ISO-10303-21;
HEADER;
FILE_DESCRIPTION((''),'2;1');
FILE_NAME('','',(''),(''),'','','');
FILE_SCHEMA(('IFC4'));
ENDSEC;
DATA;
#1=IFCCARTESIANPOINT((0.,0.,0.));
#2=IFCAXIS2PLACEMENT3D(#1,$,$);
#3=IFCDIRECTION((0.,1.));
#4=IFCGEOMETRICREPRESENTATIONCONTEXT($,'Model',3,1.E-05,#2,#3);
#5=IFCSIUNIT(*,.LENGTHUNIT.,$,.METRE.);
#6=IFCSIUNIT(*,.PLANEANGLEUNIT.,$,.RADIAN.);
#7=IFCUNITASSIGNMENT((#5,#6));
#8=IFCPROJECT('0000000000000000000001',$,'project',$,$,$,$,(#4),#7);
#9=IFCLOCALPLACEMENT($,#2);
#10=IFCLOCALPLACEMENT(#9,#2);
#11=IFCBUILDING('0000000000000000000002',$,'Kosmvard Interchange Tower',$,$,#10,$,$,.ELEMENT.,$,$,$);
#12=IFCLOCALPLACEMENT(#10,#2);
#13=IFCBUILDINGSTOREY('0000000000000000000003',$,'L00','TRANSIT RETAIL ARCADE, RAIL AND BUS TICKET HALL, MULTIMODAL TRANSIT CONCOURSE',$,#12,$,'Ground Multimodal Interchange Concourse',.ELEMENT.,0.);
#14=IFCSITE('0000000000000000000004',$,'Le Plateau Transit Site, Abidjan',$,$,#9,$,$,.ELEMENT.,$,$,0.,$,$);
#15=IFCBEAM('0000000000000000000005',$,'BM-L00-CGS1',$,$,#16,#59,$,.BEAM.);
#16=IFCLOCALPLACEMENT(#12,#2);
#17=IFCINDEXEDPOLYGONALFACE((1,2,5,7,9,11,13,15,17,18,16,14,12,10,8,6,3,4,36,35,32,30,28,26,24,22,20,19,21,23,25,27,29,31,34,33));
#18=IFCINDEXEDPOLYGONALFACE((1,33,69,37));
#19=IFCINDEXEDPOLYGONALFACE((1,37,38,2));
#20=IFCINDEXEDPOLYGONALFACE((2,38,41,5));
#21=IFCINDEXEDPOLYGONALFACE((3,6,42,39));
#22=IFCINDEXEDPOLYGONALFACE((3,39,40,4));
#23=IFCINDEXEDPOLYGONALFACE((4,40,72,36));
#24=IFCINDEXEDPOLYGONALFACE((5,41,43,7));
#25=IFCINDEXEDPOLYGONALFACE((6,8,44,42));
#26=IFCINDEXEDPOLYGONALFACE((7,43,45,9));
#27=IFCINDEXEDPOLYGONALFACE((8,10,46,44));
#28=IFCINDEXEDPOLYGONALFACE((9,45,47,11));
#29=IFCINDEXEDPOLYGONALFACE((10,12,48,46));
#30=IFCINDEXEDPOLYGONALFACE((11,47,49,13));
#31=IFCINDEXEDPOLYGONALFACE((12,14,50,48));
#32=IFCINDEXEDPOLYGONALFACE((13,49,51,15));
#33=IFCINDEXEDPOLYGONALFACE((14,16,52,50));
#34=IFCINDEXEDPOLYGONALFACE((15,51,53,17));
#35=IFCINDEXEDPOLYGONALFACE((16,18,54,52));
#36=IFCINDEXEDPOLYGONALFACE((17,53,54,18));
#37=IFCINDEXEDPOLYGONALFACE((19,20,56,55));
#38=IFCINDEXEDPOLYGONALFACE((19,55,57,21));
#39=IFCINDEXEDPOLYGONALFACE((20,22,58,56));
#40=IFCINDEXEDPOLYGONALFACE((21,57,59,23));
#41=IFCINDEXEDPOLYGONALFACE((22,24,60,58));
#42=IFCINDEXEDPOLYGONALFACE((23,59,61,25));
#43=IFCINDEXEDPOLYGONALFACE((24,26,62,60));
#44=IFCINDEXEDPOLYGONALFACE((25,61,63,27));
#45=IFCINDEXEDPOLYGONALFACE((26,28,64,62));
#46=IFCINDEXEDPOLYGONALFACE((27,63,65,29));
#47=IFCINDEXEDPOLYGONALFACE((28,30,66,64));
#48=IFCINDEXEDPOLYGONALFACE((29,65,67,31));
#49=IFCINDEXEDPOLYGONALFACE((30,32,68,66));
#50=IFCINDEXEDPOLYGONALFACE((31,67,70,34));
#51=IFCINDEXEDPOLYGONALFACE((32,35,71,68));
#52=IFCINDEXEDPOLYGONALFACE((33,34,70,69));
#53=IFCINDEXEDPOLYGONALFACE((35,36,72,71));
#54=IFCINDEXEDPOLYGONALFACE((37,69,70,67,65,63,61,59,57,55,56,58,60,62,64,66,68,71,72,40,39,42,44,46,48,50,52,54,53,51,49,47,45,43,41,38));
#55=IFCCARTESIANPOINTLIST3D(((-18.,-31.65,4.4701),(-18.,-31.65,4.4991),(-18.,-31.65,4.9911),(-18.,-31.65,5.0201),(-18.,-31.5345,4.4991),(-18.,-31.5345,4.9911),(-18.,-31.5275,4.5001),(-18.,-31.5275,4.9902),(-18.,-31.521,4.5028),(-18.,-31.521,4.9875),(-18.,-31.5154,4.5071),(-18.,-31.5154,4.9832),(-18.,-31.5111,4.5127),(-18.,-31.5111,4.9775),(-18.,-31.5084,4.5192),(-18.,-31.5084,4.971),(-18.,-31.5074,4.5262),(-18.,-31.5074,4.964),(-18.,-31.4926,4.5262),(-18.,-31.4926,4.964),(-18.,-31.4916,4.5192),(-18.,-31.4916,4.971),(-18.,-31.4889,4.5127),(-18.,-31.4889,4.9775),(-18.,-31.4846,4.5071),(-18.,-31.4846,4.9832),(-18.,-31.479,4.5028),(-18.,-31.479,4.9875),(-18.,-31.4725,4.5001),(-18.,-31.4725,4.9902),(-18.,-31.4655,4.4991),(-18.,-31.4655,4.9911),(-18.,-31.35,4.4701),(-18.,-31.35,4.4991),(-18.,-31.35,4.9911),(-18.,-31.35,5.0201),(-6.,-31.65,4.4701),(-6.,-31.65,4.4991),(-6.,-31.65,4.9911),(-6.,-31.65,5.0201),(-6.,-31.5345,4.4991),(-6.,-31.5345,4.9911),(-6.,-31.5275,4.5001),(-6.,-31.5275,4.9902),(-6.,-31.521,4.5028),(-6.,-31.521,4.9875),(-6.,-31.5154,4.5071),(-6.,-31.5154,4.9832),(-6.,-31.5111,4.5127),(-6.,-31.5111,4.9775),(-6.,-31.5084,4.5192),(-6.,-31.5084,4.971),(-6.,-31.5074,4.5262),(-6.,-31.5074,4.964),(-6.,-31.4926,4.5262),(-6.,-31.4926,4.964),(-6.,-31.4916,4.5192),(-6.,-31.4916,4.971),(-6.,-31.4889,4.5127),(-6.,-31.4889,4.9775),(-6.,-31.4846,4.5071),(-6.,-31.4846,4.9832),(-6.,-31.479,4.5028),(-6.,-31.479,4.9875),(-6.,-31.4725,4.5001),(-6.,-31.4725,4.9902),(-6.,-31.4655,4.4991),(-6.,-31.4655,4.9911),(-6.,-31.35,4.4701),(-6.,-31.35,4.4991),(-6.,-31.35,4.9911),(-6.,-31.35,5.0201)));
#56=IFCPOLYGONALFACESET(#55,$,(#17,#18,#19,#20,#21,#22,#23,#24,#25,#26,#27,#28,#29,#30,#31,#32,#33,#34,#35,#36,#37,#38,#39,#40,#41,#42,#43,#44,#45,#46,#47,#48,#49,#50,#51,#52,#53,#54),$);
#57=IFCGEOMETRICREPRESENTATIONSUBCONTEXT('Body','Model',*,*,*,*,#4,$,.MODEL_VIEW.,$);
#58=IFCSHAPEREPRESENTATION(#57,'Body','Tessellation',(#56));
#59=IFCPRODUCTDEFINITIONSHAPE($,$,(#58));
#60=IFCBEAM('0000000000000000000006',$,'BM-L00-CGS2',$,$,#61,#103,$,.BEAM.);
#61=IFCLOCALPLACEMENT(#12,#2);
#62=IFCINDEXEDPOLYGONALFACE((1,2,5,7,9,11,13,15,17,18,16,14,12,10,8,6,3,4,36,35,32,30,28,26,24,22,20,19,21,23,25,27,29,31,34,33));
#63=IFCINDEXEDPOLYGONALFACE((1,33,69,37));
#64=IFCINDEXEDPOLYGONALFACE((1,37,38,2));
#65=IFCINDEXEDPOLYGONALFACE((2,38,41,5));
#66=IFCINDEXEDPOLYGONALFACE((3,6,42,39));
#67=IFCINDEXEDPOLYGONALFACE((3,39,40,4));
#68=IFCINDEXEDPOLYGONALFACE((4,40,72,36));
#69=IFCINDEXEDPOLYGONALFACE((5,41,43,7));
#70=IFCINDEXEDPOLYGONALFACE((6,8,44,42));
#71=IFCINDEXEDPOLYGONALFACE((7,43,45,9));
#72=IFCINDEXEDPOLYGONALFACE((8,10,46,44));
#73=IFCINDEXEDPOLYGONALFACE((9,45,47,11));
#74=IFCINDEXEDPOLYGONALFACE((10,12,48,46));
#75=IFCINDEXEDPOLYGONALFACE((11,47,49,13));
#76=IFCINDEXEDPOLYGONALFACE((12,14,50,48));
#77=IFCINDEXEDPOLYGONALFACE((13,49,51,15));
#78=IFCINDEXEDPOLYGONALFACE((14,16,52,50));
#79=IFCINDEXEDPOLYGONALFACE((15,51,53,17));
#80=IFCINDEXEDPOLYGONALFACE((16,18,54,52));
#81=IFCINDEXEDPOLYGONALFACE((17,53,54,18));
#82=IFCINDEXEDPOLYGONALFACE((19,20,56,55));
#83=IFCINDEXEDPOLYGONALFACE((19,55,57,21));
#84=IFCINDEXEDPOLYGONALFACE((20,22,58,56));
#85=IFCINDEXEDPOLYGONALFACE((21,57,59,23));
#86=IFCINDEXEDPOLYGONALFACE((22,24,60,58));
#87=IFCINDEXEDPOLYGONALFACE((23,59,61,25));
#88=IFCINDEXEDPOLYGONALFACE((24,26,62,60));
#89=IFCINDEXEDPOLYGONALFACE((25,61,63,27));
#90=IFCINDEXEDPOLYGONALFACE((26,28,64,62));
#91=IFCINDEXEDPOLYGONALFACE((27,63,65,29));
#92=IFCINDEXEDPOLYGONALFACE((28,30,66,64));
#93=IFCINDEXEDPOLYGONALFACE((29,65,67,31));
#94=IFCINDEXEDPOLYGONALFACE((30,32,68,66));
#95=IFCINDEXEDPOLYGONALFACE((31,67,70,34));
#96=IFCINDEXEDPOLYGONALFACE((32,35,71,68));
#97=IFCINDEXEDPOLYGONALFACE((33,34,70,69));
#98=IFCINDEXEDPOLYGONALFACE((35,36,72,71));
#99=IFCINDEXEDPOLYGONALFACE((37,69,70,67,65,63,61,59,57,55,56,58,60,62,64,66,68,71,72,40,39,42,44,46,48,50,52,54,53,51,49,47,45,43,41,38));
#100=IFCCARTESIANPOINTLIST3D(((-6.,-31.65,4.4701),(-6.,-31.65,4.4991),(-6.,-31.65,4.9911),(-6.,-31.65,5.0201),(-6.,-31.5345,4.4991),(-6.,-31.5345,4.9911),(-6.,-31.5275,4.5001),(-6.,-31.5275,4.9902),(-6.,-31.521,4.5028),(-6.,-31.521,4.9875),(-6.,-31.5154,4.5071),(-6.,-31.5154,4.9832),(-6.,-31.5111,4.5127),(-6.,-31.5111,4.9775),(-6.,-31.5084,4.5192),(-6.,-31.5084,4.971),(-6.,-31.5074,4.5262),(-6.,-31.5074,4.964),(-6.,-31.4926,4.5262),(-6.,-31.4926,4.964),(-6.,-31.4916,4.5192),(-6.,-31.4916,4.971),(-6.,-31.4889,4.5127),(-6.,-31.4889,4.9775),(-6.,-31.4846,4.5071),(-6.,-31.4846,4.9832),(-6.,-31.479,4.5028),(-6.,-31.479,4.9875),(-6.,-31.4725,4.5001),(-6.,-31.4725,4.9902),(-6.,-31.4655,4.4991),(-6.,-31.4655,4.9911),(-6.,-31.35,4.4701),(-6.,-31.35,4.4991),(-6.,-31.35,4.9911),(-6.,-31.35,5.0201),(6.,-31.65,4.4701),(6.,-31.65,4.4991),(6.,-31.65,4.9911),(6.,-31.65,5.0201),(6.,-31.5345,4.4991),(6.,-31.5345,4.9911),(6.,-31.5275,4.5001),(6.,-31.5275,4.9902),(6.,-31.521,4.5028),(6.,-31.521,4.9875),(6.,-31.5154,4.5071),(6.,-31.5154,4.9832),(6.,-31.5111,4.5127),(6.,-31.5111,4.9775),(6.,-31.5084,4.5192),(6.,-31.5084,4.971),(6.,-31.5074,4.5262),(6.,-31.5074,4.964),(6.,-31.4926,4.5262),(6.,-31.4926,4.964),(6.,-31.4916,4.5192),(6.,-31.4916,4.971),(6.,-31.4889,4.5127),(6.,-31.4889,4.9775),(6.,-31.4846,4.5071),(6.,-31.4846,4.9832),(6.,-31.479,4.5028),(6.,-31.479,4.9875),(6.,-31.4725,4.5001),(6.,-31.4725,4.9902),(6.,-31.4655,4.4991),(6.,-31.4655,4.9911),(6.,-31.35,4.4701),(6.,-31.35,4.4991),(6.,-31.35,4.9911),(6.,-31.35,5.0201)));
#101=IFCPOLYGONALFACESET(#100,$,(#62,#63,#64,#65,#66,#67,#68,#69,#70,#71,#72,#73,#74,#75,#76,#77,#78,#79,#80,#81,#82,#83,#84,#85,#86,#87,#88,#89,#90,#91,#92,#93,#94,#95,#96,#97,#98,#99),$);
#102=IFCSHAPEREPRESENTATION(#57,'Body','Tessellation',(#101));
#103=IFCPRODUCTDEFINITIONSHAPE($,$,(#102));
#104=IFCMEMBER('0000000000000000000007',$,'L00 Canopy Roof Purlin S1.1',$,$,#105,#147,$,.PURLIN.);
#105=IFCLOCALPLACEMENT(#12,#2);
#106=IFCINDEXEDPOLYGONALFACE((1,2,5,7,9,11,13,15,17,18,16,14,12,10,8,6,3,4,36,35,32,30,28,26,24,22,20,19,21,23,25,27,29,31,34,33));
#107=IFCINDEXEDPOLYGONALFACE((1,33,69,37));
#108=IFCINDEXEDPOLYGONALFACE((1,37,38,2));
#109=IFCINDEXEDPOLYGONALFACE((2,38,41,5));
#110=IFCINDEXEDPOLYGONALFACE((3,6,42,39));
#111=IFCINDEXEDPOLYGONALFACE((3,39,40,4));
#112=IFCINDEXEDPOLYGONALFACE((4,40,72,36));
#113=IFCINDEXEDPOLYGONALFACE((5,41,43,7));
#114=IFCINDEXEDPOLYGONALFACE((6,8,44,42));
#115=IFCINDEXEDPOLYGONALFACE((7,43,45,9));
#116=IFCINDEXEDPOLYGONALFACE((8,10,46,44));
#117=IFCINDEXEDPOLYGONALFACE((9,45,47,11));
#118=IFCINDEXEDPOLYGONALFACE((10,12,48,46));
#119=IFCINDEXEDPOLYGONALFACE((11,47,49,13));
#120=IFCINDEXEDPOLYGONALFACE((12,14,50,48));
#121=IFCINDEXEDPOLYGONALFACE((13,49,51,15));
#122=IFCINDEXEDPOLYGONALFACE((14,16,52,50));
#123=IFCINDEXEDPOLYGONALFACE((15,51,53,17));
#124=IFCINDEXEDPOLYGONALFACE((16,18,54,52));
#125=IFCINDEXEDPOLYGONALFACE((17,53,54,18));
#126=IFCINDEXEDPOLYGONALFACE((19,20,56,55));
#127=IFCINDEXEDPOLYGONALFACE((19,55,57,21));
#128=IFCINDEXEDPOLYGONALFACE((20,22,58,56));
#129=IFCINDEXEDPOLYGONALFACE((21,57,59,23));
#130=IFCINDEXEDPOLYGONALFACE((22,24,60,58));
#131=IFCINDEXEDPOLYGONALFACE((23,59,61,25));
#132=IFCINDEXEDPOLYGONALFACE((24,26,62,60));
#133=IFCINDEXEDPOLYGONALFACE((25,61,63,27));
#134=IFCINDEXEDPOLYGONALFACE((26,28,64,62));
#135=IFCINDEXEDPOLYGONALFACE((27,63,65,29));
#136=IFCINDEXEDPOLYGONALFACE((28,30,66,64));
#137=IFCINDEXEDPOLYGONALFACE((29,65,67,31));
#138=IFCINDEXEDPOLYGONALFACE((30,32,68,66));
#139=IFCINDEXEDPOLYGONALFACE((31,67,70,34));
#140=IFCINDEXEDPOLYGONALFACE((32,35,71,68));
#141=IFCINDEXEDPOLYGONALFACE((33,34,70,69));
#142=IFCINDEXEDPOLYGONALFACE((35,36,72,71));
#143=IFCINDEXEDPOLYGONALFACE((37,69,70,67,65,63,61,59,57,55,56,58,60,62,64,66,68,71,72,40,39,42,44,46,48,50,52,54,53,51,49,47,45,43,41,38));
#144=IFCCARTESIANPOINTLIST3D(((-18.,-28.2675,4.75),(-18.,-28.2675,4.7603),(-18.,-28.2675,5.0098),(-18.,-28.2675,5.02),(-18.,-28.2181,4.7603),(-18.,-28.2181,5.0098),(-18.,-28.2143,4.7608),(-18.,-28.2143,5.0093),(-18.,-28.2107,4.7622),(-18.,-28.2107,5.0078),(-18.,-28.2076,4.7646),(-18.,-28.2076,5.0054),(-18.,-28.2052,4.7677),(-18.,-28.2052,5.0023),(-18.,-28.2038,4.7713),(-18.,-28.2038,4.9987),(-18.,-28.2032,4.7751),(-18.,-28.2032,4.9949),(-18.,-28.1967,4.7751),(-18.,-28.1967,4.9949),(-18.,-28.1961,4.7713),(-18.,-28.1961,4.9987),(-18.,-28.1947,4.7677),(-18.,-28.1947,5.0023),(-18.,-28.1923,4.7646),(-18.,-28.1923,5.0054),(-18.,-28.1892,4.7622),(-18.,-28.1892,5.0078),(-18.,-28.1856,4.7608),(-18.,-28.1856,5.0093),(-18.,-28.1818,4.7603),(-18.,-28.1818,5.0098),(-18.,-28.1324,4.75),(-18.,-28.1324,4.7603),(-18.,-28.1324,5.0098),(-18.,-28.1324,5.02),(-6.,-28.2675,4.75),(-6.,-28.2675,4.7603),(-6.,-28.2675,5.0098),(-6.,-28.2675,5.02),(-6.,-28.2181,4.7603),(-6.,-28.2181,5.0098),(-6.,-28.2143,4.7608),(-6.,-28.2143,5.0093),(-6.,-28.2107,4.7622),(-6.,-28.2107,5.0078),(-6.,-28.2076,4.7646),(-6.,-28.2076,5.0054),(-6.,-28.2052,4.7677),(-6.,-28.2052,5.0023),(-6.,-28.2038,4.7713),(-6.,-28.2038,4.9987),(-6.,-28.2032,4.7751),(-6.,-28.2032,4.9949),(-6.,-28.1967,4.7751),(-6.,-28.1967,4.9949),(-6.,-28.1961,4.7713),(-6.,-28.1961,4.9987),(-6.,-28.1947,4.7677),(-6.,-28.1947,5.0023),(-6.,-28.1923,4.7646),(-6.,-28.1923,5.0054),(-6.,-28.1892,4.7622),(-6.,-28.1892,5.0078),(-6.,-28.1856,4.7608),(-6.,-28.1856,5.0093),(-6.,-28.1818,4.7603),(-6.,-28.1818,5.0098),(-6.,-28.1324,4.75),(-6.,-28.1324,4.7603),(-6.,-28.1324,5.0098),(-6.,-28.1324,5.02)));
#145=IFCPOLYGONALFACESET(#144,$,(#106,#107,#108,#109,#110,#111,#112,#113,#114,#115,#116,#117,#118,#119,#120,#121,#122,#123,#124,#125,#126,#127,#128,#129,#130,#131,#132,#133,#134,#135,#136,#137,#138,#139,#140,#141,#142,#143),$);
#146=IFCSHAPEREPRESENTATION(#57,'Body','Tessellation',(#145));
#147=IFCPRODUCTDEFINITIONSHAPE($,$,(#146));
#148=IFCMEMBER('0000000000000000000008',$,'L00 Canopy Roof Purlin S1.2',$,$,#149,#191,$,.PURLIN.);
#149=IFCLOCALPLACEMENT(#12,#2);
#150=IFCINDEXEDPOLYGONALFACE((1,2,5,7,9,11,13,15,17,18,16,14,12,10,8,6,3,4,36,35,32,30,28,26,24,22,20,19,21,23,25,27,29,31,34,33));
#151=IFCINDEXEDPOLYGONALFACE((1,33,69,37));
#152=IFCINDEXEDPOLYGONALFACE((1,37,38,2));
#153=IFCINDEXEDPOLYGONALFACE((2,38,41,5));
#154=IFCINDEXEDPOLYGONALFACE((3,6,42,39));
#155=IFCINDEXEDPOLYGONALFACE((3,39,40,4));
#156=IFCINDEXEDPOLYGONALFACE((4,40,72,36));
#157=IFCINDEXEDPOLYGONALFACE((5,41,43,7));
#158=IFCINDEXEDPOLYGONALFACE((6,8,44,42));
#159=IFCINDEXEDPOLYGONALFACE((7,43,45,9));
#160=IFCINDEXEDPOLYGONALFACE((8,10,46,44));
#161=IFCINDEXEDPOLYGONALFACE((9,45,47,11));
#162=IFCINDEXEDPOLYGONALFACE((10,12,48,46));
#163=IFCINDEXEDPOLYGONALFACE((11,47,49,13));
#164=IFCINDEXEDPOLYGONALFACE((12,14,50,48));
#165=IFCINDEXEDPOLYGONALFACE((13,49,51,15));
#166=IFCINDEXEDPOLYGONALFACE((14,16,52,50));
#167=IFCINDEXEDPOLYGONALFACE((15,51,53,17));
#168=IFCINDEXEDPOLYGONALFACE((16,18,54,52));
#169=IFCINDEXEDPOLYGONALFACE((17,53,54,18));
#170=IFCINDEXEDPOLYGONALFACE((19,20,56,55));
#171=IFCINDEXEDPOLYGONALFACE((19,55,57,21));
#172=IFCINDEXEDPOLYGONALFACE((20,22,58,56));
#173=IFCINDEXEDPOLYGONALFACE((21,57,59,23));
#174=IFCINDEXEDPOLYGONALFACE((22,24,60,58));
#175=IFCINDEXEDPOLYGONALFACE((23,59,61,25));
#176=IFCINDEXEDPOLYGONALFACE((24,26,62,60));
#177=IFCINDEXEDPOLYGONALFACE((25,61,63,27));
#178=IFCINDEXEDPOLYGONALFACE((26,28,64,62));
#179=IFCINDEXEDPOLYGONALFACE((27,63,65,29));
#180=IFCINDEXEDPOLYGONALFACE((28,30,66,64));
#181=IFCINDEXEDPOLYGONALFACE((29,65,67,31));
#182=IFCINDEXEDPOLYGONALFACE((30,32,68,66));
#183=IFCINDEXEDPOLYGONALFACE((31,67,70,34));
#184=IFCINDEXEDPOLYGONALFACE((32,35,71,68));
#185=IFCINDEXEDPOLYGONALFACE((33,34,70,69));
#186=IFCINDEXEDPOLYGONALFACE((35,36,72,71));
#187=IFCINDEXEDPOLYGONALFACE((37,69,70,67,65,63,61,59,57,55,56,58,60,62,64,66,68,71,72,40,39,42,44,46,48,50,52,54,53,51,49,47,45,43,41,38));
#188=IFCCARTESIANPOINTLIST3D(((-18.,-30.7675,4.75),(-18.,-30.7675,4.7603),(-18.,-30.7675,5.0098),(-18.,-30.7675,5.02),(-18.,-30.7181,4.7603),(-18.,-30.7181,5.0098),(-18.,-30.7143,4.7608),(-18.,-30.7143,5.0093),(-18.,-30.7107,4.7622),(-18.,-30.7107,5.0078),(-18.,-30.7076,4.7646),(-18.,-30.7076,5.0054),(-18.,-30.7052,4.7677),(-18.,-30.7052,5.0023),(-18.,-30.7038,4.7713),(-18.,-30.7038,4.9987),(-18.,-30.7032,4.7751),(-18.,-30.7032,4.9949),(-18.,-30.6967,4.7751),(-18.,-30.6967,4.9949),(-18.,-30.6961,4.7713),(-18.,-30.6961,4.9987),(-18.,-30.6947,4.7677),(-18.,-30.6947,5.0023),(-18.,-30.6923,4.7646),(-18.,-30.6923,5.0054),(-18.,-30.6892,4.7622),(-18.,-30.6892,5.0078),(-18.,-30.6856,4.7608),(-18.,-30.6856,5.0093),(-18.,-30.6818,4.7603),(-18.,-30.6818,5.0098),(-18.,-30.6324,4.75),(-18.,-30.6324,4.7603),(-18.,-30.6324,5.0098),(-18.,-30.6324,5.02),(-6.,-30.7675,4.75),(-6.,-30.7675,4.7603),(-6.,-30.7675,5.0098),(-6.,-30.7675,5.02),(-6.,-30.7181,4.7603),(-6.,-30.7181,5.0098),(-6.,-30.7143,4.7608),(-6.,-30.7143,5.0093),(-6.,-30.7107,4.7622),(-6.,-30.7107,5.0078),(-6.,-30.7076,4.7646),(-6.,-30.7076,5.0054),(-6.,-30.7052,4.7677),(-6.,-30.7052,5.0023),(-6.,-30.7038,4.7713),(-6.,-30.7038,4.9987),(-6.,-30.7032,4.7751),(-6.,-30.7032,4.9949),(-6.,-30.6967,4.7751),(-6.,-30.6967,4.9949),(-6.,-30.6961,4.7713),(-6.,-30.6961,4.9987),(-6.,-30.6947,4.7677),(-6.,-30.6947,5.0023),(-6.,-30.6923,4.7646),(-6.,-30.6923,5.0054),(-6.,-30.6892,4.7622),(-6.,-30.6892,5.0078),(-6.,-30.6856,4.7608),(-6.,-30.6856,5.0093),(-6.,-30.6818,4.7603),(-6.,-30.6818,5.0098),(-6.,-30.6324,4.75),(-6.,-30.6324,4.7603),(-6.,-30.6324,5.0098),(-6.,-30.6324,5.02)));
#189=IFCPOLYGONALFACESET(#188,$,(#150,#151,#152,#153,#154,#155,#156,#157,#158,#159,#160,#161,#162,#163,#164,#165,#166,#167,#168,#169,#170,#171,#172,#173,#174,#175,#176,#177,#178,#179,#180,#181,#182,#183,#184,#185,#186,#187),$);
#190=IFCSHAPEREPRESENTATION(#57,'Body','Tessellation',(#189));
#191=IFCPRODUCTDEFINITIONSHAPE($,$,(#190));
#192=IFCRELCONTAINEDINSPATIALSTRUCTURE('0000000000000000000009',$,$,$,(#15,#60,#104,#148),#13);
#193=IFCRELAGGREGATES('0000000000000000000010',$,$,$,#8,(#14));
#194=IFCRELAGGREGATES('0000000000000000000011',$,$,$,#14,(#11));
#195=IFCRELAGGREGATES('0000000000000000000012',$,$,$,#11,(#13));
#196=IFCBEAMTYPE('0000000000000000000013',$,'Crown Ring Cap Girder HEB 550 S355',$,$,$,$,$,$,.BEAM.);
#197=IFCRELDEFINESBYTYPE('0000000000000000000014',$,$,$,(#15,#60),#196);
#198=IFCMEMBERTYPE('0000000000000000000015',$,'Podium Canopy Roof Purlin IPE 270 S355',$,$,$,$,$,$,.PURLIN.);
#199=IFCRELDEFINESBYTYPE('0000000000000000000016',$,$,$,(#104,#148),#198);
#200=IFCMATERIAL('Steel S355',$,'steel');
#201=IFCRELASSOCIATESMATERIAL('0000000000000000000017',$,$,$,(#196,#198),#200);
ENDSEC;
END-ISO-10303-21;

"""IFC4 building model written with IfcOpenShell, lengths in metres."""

from ifc_helpers import new_model, si_unit, direction, frame, origin, origin_2d, place, context, subcontext, project, spatial, i_section, extrude, source, transform, mapped, material, material_profile, profile_set, type_object, element, save


model = new_model("IFC4")

# Units and contexts
model_context = context("Model", 3, precision=1e-05, world=origin(), true_north=direction((0.0, 1.0)))
body_context = subcontext(model_context, "Body", "Model", "MODEL_VIEW")
ifc_project = project(units=[si_unit("LENGTHUNIT", "METRE"), si_unit("PLANEANGLEUNIT", "RADIAN")], contexts=[model_context])

# Site, building, storey
site_placement = place(None, origin())
site = spatial("IfcSite", under=ifc_project, at=site_placement, Name="Le Plateau Transit Site, Abidjan", CompositionType="ELEMENT", RefElevation=0.0)
building_placement = place(site_placement, origin())
building = spatial("IfcBuilding", under=site, at=building_placement, Name="Kosmvard Interchange Tower", CompositionType="ELEMENT")
storey_placement = place(building_placement, origin())
storey = spatial("IfcBuildingStorey", under=building, at=storey_placement, Name="L00", Description="TRANSIT RETAIL ARCADE, RAIL AND BUS TICKET HALL, MULTIMODAL TRANSIT CONCOURSE", LongName="Ground Multimodal Interchange Concourse", CompositionType="ELEMENT", Elevation=0.0)

# Shared definitions
ifc_material_1 = material(Name="Steel S355", Category="steel")

# Beams
ifc_material_profile_1 = material_profile(ifc_material_1, i_section(OverallWidth=0.3, OverallDepth=0.55, WebThickness=0.0149, FlangeThickness=0.0291, FilletRadius=0.0271, at=origin_2d()), Name="HEB 550")
ifc_profile_set_1 = profile_set([ifc_material_profile_1], Name="Steel S355")
beam_type_1 = type_object("IfcBeamType", Name="Crown Ring Cap Girder HEB 550 S355", PredefinedType="BEAM", material=ifc_profile_set_1)
shared_shape_1 = source(origin(), body_context, "Body", "SweptSolid", [
    extrude(i_section(OverallWidth=0.3, OverallDepth=0.55, WebThickness=0.0149, FlangeThickness=0.0291, FilletRadius=0.0271, at=origin_2d()), origin(), (0.0, 0.0, 1.0), 12.0),
])
for number, where, z_axis, x_axis, name in (
    (1, (-18.0, -31.5, 4.7451), (1.0, 0.0, 0.0), (0.0, 1.0, 0.0), "BM-L00-CGS1"),
    (2, (-6.0, -31.5, 4.7451), (1.0, 0.0, 0.0), (0.0, 1.0, 0.0), "BM-L00-CGS2"),
):
    element("IfcBeam", number, at=place(storey_placement, frame(where, z_axis=z_axis, x_axis=x_axis)), inside=storey, type_object=beam_type_1, Name=name, PredefinedType="BEAM", context=body_context, shape_type="MappedRepresentation", body=[
        mapped(shared_shape_1, transform((0.0, 0.0, 0.0), scale=1.0)),
    ])

# Members
ifc_material_profile_2 = material_profile(ifc_material_1, i_section(OverallWidth=0.135, OverallDepth=0.27, WebThickness=0.0066, FlangeThickness=0.0103, FilletRadius=0.0149, at=origin_2d()), Name="IPE 270")
ifc_profile_set_2 = profile_set([ifc_material_profile_2], Name="Steel S355")
member_type_1 = type_object("IfcMemberType", Name="Podium Canopy Roof Purlin IPE 270 S355", PredefinedType="PURLIN", material=ifc_profile_set_2)
shared_shape_2 = source(origin(), body_context, "Body", "SweptSolid", [
    extrude(i_section(OverallWidth=0.135, OverallDepth=0.27, WebThickness=0.0066, FlangeThickness=0.0103, FilletRadius=0.0149, at=origin_2d()), origin(), (0.0, 0.0, 1.0), 12.0),
])
for number, where, z_axis, x_axis, name in (
    (3, (-18.0, -28.2, 4.885), (1.0, 0.0, 0.0), (0.0, 1.0, 0.0), "L00 Canopy Roof Purlin S1.1"),
    (4, (-18.0, -30.7, 4.885), (1.0, 0.0, 0.0), (0.0, 1.0, 0.0), "L00 Canopy Roof Purlin S1.2"),
):
    element("IfcMember", number, at=place(storey_placement, frame(where, z_axis=z_axis, x_axis=x_axis)), inside=storey, type_object=member_type_1, Name=name, PredefinedType="PURLIN", context=body_context, shape_type="MappedRepresentation", body=[
        mapped(shared_shape_2, transform((0.0, 0.0, 0.0), scale=1.0)),
    ])

save(model, "model.ifc")
